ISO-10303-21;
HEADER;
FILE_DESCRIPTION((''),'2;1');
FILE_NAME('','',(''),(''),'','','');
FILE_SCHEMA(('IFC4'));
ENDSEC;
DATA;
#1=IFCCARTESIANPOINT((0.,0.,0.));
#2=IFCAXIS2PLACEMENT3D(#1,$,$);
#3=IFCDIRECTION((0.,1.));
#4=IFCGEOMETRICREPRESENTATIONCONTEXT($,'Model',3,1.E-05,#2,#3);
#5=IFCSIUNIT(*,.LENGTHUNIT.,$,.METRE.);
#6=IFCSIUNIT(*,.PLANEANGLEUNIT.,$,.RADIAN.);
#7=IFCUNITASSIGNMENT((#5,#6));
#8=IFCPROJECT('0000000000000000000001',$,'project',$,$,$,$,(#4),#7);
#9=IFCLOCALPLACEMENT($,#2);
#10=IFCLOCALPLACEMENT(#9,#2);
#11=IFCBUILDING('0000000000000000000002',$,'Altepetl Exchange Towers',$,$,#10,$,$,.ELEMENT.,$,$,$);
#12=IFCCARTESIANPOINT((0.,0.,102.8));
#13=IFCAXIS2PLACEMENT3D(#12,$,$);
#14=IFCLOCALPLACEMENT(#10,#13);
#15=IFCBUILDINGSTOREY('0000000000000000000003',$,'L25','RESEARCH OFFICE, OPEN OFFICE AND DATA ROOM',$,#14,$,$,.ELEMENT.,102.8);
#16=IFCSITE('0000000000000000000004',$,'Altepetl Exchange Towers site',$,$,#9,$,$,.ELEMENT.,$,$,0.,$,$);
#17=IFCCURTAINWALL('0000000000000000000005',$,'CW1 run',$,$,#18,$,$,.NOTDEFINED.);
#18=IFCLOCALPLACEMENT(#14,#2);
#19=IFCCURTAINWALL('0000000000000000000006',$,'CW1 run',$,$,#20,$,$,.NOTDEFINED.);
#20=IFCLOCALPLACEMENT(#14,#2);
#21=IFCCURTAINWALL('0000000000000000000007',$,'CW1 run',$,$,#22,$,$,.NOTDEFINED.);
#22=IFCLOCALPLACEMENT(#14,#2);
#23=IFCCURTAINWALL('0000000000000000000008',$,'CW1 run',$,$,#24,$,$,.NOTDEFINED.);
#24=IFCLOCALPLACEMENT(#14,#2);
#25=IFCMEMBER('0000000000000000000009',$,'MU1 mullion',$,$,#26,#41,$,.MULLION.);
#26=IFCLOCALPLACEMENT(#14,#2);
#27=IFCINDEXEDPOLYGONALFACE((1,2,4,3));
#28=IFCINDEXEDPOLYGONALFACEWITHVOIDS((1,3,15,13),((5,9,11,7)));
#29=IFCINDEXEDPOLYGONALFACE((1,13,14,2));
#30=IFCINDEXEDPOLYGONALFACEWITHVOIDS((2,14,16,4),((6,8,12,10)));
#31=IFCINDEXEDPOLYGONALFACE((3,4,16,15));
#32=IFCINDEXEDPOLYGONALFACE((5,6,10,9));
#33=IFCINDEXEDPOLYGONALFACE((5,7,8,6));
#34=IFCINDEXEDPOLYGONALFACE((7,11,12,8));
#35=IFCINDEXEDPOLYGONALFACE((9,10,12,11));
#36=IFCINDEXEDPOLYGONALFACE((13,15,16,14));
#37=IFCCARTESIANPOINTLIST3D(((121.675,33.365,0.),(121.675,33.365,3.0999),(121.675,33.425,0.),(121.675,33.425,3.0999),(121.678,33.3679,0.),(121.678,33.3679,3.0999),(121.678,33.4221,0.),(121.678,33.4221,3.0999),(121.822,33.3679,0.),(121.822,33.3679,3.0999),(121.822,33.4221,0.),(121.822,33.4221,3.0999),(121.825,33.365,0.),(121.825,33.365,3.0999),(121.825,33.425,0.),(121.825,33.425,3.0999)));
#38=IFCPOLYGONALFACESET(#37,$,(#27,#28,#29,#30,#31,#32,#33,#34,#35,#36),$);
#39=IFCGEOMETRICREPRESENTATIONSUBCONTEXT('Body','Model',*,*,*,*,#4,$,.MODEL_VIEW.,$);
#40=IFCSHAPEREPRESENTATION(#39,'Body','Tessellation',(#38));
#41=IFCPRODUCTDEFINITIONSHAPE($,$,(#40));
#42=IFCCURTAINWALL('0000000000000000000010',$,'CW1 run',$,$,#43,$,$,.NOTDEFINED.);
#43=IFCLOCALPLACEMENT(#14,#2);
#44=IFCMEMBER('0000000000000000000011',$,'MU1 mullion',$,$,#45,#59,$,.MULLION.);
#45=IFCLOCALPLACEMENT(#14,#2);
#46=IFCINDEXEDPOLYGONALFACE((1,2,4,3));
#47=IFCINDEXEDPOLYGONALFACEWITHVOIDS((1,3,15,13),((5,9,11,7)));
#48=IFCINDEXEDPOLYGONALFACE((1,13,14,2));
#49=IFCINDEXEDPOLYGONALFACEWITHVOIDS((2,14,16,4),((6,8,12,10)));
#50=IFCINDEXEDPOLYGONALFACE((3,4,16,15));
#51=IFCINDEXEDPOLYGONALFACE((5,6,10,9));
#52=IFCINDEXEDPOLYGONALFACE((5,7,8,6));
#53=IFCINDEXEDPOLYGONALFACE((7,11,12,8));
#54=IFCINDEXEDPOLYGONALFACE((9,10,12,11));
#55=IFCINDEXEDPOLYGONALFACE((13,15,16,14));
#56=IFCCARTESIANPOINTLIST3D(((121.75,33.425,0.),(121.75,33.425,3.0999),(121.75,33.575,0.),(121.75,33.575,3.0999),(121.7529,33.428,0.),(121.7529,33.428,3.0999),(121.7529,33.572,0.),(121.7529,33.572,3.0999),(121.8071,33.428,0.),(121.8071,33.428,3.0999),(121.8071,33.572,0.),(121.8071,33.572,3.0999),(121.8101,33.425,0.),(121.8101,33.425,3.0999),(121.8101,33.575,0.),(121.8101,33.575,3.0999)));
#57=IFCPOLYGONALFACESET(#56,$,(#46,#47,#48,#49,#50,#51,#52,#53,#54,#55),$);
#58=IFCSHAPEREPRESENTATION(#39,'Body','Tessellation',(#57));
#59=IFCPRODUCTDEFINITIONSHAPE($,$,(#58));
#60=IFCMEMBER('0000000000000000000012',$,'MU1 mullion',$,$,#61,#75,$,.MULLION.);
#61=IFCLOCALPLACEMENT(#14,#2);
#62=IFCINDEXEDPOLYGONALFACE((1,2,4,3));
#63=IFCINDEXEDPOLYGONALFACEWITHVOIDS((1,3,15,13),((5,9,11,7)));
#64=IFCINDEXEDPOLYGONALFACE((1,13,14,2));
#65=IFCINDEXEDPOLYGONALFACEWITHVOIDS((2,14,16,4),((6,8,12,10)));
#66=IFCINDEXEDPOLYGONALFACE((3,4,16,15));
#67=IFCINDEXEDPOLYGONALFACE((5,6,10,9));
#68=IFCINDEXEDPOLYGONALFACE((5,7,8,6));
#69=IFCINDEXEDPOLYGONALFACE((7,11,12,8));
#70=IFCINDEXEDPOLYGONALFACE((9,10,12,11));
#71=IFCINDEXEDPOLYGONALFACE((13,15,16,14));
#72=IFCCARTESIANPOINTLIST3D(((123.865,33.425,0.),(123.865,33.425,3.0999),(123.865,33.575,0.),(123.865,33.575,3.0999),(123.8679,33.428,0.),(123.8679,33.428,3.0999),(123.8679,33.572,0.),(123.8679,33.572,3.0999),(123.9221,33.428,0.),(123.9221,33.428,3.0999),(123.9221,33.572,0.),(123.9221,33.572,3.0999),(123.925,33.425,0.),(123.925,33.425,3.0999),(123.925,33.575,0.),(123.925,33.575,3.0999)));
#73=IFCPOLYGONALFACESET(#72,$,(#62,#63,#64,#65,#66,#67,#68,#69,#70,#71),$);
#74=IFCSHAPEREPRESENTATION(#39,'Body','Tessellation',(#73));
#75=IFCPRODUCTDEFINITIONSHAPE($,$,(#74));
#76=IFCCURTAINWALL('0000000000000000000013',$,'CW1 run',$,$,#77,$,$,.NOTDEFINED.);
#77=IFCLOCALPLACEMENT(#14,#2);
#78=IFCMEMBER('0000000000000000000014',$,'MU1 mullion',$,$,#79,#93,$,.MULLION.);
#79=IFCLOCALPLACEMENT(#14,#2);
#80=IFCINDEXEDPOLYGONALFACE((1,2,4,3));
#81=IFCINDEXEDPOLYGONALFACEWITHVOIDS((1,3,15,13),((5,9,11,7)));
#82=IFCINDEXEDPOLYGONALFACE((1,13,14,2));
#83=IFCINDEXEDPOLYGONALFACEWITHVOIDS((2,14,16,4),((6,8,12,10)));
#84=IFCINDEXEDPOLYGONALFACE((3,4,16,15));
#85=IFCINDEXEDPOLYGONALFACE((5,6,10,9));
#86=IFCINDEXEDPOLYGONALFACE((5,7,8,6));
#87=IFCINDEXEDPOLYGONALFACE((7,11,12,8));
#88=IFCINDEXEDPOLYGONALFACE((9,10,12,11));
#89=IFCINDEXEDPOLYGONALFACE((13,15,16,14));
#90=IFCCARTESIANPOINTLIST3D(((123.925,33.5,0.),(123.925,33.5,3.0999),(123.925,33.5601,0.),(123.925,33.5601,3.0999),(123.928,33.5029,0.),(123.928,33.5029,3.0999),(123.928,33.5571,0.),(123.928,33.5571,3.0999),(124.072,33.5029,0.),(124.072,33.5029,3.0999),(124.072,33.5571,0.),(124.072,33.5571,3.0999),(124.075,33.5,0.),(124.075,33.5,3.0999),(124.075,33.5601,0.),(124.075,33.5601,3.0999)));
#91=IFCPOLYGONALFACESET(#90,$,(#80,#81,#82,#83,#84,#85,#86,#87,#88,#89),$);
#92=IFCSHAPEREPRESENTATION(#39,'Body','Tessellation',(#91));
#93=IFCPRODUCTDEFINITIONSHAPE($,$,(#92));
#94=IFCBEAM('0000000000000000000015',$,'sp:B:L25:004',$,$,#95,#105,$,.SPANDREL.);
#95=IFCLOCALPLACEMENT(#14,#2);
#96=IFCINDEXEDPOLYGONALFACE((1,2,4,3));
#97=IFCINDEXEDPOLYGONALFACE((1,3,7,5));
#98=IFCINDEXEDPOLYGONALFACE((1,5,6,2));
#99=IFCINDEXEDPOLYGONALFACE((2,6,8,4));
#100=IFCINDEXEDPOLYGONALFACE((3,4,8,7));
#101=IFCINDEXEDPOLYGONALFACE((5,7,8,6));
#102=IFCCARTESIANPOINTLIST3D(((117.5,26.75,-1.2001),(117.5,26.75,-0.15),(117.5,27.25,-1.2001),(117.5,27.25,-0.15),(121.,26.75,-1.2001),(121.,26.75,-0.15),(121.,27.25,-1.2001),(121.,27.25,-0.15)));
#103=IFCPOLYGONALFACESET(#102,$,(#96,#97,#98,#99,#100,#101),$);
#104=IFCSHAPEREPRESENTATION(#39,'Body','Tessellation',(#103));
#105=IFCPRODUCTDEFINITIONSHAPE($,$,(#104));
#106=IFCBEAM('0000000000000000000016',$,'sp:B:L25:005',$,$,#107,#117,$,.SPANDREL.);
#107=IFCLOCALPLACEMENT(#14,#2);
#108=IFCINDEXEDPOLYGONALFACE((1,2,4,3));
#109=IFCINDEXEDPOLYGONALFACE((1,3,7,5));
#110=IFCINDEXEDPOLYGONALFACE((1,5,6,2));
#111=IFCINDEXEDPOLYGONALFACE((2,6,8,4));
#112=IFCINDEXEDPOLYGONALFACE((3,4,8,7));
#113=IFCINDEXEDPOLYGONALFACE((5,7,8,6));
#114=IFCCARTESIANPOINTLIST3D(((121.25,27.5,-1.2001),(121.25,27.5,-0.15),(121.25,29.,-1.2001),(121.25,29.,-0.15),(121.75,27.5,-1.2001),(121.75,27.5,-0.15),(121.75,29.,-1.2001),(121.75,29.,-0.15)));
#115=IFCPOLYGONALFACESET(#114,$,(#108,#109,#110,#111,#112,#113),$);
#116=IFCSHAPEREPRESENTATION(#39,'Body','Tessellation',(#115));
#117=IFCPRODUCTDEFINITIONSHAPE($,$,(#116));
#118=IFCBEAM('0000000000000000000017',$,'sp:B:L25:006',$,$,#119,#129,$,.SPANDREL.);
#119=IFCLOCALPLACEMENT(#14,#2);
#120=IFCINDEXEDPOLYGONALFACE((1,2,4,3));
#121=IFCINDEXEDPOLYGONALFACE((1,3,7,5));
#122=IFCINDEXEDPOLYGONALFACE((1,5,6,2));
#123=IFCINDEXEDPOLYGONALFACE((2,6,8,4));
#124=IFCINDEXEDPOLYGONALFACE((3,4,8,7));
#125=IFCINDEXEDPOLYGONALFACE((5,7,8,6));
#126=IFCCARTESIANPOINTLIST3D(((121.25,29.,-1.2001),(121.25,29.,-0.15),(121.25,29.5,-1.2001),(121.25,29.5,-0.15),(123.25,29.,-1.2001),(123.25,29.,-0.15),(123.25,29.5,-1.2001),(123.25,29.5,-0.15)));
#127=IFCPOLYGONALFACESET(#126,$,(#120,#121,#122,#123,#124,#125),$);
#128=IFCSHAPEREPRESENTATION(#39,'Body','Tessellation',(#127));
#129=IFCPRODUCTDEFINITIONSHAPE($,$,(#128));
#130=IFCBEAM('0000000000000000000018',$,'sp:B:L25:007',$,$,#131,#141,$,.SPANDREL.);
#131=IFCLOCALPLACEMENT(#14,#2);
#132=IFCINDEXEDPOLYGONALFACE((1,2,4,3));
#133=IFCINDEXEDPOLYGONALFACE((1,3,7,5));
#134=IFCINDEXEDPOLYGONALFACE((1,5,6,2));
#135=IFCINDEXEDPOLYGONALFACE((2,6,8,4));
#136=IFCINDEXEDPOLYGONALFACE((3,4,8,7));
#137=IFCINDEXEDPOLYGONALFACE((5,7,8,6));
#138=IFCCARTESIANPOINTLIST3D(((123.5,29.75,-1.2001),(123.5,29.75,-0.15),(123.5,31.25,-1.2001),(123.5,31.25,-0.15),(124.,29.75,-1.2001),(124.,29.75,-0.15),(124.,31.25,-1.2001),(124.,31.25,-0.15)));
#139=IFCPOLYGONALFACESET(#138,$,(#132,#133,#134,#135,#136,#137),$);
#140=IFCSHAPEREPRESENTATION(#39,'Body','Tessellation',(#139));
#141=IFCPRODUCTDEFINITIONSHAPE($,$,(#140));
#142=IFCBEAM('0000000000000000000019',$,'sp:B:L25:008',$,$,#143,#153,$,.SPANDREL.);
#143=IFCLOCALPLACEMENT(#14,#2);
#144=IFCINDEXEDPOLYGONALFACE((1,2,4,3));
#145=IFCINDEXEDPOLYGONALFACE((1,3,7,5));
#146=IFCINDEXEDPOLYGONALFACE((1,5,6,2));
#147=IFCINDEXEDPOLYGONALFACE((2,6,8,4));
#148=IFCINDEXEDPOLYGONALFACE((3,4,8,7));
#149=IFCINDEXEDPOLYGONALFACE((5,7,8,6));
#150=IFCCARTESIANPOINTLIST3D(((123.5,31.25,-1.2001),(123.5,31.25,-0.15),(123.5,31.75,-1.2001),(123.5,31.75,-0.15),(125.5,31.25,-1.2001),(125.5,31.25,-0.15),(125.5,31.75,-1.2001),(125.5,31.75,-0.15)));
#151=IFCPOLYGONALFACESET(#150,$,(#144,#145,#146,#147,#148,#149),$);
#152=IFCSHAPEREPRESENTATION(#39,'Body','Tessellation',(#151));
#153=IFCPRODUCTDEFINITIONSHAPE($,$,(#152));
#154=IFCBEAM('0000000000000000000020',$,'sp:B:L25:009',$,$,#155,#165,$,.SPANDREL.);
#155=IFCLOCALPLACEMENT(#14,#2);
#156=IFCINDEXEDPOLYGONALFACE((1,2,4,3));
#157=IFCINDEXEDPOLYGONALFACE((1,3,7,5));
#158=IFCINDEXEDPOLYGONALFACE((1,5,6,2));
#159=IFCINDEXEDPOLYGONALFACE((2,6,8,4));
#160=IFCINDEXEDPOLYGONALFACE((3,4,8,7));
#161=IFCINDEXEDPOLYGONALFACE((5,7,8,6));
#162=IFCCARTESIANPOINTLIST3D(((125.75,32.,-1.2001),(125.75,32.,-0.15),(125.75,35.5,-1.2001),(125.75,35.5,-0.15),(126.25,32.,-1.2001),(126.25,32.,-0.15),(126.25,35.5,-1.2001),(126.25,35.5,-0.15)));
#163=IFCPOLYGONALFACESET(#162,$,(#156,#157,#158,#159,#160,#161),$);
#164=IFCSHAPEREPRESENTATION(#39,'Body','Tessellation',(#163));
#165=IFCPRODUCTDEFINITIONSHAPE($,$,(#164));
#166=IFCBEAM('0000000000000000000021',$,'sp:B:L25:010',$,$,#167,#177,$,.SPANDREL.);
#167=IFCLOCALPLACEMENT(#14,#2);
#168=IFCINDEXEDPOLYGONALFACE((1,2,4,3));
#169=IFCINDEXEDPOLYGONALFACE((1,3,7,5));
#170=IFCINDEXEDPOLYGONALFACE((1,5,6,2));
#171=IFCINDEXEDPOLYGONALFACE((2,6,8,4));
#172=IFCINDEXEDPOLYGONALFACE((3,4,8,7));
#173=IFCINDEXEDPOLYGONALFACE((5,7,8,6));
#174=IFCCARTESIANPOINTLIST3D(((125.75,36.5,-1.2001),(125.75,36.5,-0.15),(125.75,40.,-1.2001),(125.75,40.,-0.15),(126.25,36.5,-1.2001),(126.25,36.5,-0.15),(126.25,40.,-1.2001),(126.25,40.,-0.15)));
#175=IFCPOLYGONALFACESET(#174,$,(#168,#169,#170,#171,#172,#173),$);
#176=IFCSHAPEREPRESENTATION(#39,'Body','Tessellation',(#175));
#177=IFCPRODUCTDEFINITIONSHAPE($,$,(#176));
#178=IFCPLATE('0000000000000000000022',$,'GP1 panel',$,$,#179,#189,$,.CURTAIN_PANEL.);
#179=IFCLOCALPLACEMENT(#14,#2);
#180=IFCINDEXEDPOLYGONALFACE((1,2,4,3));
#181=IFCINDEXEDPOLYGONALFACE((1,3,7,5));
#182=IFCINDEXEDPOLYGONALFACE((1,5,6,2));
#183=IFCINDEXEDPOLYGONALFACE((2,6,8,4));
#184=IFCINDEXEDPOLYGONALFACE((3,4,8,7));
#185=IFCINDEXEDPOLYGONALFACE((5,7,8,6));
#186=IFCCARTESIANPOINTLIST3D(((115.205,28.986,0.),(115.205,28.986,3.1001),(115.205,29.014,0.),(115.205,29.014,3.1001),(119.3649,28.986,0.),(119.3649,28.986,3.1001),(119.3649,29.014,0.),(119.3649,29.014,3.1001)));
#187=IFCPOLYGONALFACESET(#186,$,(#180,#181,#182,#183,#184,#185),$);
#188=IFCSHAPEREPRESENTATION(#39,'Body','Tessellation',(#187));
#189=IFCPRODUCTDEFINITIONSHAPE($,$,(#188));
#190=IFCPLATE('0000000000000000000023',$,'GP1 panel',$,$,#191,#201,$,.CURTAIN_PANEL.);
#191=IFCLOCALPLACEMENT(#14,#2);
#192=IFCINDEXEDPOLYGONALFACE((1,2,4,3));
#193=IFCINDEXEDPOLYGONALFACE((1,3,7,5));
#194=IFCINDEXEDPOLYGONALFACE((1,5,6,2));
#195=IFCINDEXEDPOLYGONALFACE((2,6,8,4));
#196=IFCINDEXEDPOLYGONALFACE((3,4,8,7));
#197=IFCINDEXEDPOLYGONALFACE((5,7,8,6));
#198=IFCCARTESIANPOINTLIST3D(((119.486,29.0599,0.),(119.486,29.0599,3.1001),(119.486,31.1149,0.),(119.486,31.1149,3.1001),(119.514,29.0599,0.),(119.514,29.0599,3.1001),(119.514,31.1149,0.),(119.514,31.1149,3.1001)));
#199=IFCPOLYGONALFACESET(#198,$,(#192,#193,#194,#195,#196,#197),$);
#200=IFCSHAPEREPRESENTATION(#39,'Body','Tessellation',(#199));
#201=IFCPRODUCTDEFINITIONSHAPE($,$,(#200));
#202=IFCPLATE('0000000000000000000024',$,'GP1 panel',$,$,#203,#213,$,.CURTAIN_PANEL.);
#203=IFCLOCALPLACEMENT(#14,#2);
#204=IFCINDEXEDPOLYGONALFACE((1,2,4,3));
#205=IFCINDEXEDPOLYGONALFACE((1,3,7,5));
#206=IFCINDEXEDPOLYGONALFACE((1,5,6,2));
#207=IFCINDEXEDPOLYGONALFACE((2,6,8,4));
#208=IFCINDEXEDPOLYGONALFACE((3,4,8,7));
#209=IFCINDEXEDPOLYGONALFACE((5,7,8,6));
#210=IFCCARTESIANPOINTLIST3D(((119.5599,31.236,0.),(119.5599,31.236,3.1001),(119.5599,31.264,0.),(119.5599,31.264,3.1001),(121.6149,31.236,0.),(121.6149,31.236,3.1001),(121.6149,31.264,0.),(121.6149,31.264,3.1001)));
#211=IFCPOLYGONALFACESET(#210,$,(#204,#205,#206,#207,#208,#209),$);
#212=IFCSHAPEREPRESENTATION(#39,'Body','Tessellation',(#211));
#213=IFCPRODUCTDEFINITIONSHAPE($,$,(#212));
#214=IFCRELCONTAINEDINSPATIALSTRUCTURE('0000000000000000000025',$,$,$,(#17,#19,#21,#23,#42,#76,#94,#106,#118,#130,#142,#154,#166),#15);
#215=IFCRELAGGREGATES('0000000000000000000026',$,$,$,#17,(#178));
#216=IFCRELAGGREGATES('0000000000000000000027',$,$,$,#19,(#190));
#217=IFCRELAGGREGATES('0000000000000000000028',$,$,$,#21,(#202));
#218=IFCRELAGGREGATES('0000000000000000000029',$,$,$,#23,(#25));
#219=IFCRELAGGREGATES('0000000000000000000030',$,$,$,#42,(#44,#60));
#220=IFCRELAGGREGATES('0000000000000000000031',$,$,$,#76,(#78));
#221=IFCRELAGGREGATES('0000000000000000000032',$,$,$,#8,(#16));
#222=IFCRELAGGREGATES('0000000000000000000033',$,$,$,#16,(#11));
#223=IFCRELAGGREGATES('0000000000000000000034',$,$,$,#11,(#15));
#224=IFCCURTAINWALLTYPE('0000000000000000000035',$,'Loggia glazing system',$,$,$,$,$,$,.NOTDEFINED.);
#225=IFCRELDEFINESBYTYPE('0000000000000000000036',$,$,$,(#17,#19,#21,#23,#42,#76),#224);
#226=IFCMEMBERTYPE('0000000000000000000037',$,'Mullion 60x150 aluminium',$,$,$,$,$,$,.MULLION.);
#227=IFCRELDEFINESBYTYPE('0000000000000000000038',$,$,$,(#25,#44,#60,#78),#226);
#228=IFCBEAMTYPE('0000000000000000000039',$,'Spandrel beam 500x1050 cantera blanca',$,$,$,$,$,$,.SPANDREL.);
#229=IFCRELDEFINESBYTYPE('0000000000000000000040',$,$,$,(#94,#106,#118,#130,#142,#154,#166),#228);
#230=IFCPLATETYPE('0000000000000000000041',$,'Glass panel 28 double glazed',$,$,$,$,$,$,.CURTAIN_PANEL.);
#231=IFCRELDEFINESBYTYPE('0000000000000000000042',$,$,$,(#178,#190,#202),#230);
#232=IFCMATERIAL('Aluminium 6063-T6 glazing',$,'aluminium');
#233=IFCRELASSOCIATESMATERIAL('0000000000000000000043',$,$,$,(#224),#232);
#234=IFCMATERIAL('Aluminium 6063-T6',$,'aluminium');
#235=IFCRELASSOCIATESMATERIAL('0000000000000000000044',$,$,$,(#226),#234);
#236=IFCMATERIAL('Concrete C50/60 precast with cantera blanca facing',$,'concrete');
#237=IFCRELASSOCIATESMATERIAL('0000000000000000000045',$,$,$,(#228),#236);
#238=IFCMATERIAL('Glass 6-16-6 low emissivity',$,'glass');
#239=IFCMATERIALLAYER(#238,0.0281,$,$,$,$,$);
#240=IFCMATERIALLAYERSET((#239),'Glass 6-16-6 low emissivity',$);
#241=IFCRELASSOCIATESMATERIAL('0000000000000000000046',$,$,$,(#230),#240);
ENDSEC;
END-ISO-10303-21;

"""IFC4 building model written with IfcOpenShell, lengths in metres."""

from ifc_helpers import new_model, si_unit, direction, frame, origin, origin_2d, place, context, subcontext, project, spatial, rectangle, hollow_rectangle, extrude, material, layer, layer_set, material_profile, profile_set, type_object, element, aggregate, save


model = new_model("IFC4")

# Units and contexts
model_context = context("Model", 3, precision=1e-05, world=origin(), true_north=direction((0.0, 1.0)))
body_context = subcontext(model_context, "Body", "Model", "MODEL_VIEW")
ifc_project = project(units=[si_unit("LENGTHUNIT", "METRE"), si_unit("PLANEANGLEUNIT", "RADIAN")], contexts=[model_context])

# Site, building, storey
site_placement = place(None, origin())
site = spatial("IfcSite", under=ifc_project, at=site_placement, Name="Altepetl Exchange Towers site", CompositionType="ELEMENT", RefElevation=0.0)
building_placement = place(site_placement, origin())
building = spatial("IfcBuilding", under=site, at=building_placement, Name="Altepetl Exchange Towers", CompositionType="ELEMENT")
storey_placement = place(building_placement, frame((0.0, 0.0, 102.8)))
storey = spatial("IfcBuildingStorey", under=building, at=storey_placement, Name="L25", Description="RESEARCH OFFICE, OPEN OFFICE AND DATA ROOM", CompositionType="ELEMENT", Elevation=102.8)

# Curtain wall
ifc_material_1 = material(Name="Aluminium 6063-T6 glazing", Category="aluminium")
curtain_wall_type = type_object("IfcCurtainWallType", Name="Loggia glazing system", PredefinedType="NOTDEFINED", material=ifc_material_1)
curtain_wall_1_placement = place(storey_placement, origin())
curtain_wall_1 = element("IfcCurtainWall", 1, at=curtain_wall_1_placement, inside=storey, type_object=curtain_wall_type, Name="CW1 run", PredefinedType="NOTDEFINED")
ifc_material_2 = material(Name="Aluminium 6063-T6", Category="aluminium")
ifc_material_profile_1 = material_profile(ifc_material_2, hollow_rectangle(XDim=0.0601, YDim=0.1499, WallThickness=0.0029, at=origin_2d()), Name="Mullion 60x150 aluminium")
ifc_profile_set_1 = profile_set([ifc_material_profile_1], Name="Aluminium 6063-T6")
member_type = type_object("IfcMemberType", Name="Mullion 60x150 aluminium", PredefinedType="MULLION", material=ifc_profile_set_1)

# Curtain walls, members
curtain_wall_2_placement = place(storey_placement, origin())
curtain_wall_2 = element("IfcCurtainWall", 2, at=curtain_wall_2_placement, inside=storey, type_object=curtain_wall_type, Name="CW1 run", PredefinedType="NOTDEFINED")
curtain_wall_3_placement = place(storey_placement, origin())
curtain_wall_3 = element("IfcCurtainWall", 3, at=curtain_wall_3_placement, inside=storey, type_object=curtain_wall_type, Name="CW1 run", PredefinedType="NOTDEFINED")
curtain_wall_4_placement = place(storey_placement, origin())
curtain_wall_4 = element("IfcCurtainWall", 4, at=curtain_wall_4_placement, inside=storey, type_object=curtain_wall_type, Name="CW1 run", PredefinedType="NOTDEFINED")
member_1_placement = place(storey_placement, frame((121.75, 33.395, 0.0), z_axis=(0.0, 0.0, 1.0), x_axis=(0.0, 1.0, 0.0)))
member_1 = element("IfcMember", 5, at=member_1_placement, type_object=member_type, Name="MU1 mullion", PredefinedType="MULLION", context=body_context, shape_type="SweptSolid", body=[
    extrude(hollow_rectangle(XDim=0.0601, YDim=0.1499, WallThickness=0.0029, at=origin_2d()), origin(), (0.0, 0.0, 1.0), 3.0999),
])
curtain_wall_5_placement = place(storey_placement, origin())
curtain_wall_5 = element("IfcCurtainWall", 6, at=curtain_wall_5_placement, inside=storey, type_object=curtain_wall_type, Name="CW1 run", PredefinedType="NOTDEFINED")
member_2_placement = place(storey_placement, frame((121.78, 33.5, 0.0)))
member_2 = element("IfcMember", 7, at=member_2_placement, type_object=member_type, Name="MU1 mullion", PredefinedType="MULLION", context=body_context, shape_type="SweptSolid", body=[
    extrude(hollow_rectangle(XDim=0.0601, YDim=0.1499, WallThickness=0.0029, at=origin_2d()), origin(), (0.0, 0.0, 1.0), 3.0999),
])
member_3_placement = place(storey_placement, frame((123.895, 33.5, 0.0)))
member_3 = element("IfcMember", 8, at=member_3_placement, type_object=member_type, Name="MU1 mullion", PredefinedType="MULLION", context=body_context, shape_type="SweptSolid", body=[
    extrude(hollow_rectangle(XDim=0.0601, YDim=0.1499, WallThickness=0.0029, at=origin_2d()), origin(), (0.0, 0.0, 1.0), 3.0999),
])

# Curtain wall, member
curtain_wall_6_placement = place(storey_placement, origin())
curtain_wall_6 = element("IfcCurtainWall", 9, at=curtain_wall_6_placement, inside=storey, type_object=curtain_wall_type, Name="CW1 run", PredefinedType="NOTDEFINED")
member_4_placement = place(storey_placement, frame((124.0, 33.53, 0.0), z_axis=(0.0, 0.0, 1.0), x_axis=(0.0, 1.0, 0.0)))
member_4 = element("IfcMember", 10, at=member_4_placement, type_object=member_type, Name="MU1 mullion", PredefinedType="MULLION", context=body_context, shape_type="SweptSolid", body=[
    extrude(hollow_rectangle(XDim=0.0601, YDim=0.1499, WallThickness=0.0029, at=origin_2d()), origin(), (0.0, 0.0, 1.0), 3.0999),
])

# Beams
ifc_material_3 = material(Name="Concrete C50/60 precast with cantera blanca facing", Category="concrete")
ifc_material_profile_2 = material_profile(ifc_material_3, rectangle(XDim=0.5, YDim=1.05, at=origin_2d()), Name="500 x 1050")
ifc_profile_set_2 = profile_set([ifc_material_profile_2], Name="Concrete C50/60 precast with cantera blanca facing")
beam_type_1 = type_object("IfcBeamType", Name="Spandrel beam 500x1050 cantera blanca", PredefinedType="SPANDREL", material=ifc_profile_set_2)
beam_1_placement = place(storey_placement, frame((117.5, 27.0, -0.675), z_axis=(1.0, 0.0, 0.0), x_axis=(0.0, 1.0, 0.0)))
element("IfcBeam", 11, at=beam_1_placement, inside=storey, type_object=beam_type_1, Name="sp:B:L25:004", PredefinedType="SPANDREL", context=body_context, shape_type="SweptSolid", body=[
    extrude(rectangle(XDim=0.5, YDim=1.05, at=origin_2d()), origin(), (0.0, 0.0, 1.0), 3.5),
])
beam_2_placement = place(storey_placement, frame((121.5, 27.5, -0.675), z_axis=(0.0, 1.0, 0.0), x_axis=(-1.0, 0.0, 0.0)))
element("IfcBeam", 12, at=beam_2_placement, inside=storey, type_object=beam_type_1, Name="sp:B:L25:005", PredefinedType="SPANDREL", context=body_context, shape_type="SweptSolid", body=[
    extrude(rectangle(XDim=0.5, YDim=1.05, at=origin_2d()), origin(), (0.0, 0.0, 1.0), 1.5),
])
beam_3_placement = place(storey_placement, frame((121.25, 29.25, -0.675), z_axis=(1.0, 0.0, 0.0), x_axis=(0.0, 1.0, 0.0)))
element("IfcBeam", 13, at=beam_3_placement, inside=storey, type_object=beam_type_1, Name="sp:B:L25:006", PredefinedType="SPANDREL", context=body_context, shape_type="SweptSolid", body=[
    extrude(rectangle(XDim=0.5, YDim=1.05, at=origin_2d()), origin(), (0.0, 0.0, 1.0), 2.0),
])
beam_4_placement = place(storey_placement, frame((123.75, 29.75, -0.675), z_axis=(0.0, 1.0, 0.0), x_axis=(-1.0, 0.0, 0.0)))
element("IfcBeam", 14, at=beam_4_placement, inside=storey, type_object=beam_type_1, Name="sp:B:L25:007", PredefinedType="SPANDREL", context=body_context, shape_type="SweptSolid", body=[
    extrude(rectangle(XDim=0.5, YDim=1.05, at=origin_2d()), origin(), (0.0, 0.0, 1.0), 1.5),
])
beam_5_placement = place(storey_placement, frame((123.5, 31.5, -0.675), z_axis=(1.0, 0.0, 0.0), x_axis=(0.0, 1.0, 0.0)))
element("IfcBeam", 15, at=beam_5_placement, inside=storey, type_object=beam_type_1, Name="sp:B:L25:008", PredefinedType="SPANDREL", context=body_context, shape_type="SweptSolid", body=[
    extrude(rectangle(XDim=0.5, YDim=1.05, at=origin_2d()), origin(), (0.0, 0.0, 1.0), 2.0),
])
for number, where, z_axis, x_axis, name in (
    (16, (126.0, 32.0, -0.675), (0.0, 1.0, 0.0), (-1.0, 0.0, 0.0), "sp:B:L25:009"),
    (17, (126.0, 36.5, -0.675), (0.0, 1.0, 0.0), (-1.0, 0.0, 0.0), "sp:B:L25:010"),
):
    element("IfcBeam", number, at=place(storey_placement, frame(where, z_axis=z_axis, x_axis=x_axis)), inside=storey, type_object=beam_type_1, Name=name, PredefinedType="SPANDREL", context=body_context, shape_type="SweptSolid", body=[
        extrude(rectangle(XDim=0.5, YDim=1.05, at=origin_2d()), origin(), (0.0, 0.0, 1.0), 3.5),
    ])

# Plates
ifc_material_4 = material(Name="Glass 6-16-6 low emissivity", Category="glass")
ifc_layer_1 = layer(ifc_material_4, 0.0281)
ifc_layer_set_1 = layer_set([ifc_layer_1], Name="Glass 6-16-6 low emissivity")
plate_type = type_object("IfcPlateType", Name="Glass panel 28 double glazed", PredefinedType="CURTAIN_PANEL", material=ifc_layer_set_1)
plate_1_placement = place(storey_placement, frame((117.2849, 29.0, 0.0)))
plate_1 = element("IfcPlate", 18, at=plate_1_placement, type_object=plate_type, Name="GP1 panel", PredefinedType="CURTAIN_PANEL", context=body_context, shape_type="SweptSolid", body=[
    extrude(rectangle(XDim=4.1599, YDim=0.0281, at=origin_2d()), origin(), (0.0, 0.0, 1.0), 3.1001),
])
aggregate(curtain_wall_1, [plate_1])
plate_2_placement = place(storey_placement, frame((119.5, 30.0874, 0.0), z_axis=(0.0, 0.0, 1.0), x_axis=(0.0, 1.0, 0.0)))
plate_2 = element("IfcPlate", 19, at=plate_2_placement, type_object=plate_type, Name="GP1 panel", PredefinedType="CURTAIN_PANEL", context=body_context, shape_type="SweptSolid", body=[
    extrude(rectangle(XDim=2.0549, YDim=0.0281, at=origin_2d()), origin(), (0.0, 0.0, 1.0), 3.1001),
])
aggregate(curtain_wall_2, [plate_2])
plate_3_placement = place(storey_placement, frame((120.5874, 31.25, 0.0)))
plate_3 = element("IfcPlate", 20, at=plate_3_placement, type_object=plate_type, Name="GP1 panel", PredefinedType="CURTAIN_PANEL", context=body_context, shape_type="SweptSolid", body=[
    extrude(rectangle(XDim=2.0549, YDim=0.0281, at=origin_2d()), origin(), (0.0, 0.0, 1.0), 3.1001),
])
aggregate(curtain_wall_3, [plate_3])
aggregate(curtain_wall_4, [member_1])
aggregate(curtain_wall_5, [member_2, member_3])
aggregate(curtain_wall_6, [member_4])

save(model, "model.ifc")
